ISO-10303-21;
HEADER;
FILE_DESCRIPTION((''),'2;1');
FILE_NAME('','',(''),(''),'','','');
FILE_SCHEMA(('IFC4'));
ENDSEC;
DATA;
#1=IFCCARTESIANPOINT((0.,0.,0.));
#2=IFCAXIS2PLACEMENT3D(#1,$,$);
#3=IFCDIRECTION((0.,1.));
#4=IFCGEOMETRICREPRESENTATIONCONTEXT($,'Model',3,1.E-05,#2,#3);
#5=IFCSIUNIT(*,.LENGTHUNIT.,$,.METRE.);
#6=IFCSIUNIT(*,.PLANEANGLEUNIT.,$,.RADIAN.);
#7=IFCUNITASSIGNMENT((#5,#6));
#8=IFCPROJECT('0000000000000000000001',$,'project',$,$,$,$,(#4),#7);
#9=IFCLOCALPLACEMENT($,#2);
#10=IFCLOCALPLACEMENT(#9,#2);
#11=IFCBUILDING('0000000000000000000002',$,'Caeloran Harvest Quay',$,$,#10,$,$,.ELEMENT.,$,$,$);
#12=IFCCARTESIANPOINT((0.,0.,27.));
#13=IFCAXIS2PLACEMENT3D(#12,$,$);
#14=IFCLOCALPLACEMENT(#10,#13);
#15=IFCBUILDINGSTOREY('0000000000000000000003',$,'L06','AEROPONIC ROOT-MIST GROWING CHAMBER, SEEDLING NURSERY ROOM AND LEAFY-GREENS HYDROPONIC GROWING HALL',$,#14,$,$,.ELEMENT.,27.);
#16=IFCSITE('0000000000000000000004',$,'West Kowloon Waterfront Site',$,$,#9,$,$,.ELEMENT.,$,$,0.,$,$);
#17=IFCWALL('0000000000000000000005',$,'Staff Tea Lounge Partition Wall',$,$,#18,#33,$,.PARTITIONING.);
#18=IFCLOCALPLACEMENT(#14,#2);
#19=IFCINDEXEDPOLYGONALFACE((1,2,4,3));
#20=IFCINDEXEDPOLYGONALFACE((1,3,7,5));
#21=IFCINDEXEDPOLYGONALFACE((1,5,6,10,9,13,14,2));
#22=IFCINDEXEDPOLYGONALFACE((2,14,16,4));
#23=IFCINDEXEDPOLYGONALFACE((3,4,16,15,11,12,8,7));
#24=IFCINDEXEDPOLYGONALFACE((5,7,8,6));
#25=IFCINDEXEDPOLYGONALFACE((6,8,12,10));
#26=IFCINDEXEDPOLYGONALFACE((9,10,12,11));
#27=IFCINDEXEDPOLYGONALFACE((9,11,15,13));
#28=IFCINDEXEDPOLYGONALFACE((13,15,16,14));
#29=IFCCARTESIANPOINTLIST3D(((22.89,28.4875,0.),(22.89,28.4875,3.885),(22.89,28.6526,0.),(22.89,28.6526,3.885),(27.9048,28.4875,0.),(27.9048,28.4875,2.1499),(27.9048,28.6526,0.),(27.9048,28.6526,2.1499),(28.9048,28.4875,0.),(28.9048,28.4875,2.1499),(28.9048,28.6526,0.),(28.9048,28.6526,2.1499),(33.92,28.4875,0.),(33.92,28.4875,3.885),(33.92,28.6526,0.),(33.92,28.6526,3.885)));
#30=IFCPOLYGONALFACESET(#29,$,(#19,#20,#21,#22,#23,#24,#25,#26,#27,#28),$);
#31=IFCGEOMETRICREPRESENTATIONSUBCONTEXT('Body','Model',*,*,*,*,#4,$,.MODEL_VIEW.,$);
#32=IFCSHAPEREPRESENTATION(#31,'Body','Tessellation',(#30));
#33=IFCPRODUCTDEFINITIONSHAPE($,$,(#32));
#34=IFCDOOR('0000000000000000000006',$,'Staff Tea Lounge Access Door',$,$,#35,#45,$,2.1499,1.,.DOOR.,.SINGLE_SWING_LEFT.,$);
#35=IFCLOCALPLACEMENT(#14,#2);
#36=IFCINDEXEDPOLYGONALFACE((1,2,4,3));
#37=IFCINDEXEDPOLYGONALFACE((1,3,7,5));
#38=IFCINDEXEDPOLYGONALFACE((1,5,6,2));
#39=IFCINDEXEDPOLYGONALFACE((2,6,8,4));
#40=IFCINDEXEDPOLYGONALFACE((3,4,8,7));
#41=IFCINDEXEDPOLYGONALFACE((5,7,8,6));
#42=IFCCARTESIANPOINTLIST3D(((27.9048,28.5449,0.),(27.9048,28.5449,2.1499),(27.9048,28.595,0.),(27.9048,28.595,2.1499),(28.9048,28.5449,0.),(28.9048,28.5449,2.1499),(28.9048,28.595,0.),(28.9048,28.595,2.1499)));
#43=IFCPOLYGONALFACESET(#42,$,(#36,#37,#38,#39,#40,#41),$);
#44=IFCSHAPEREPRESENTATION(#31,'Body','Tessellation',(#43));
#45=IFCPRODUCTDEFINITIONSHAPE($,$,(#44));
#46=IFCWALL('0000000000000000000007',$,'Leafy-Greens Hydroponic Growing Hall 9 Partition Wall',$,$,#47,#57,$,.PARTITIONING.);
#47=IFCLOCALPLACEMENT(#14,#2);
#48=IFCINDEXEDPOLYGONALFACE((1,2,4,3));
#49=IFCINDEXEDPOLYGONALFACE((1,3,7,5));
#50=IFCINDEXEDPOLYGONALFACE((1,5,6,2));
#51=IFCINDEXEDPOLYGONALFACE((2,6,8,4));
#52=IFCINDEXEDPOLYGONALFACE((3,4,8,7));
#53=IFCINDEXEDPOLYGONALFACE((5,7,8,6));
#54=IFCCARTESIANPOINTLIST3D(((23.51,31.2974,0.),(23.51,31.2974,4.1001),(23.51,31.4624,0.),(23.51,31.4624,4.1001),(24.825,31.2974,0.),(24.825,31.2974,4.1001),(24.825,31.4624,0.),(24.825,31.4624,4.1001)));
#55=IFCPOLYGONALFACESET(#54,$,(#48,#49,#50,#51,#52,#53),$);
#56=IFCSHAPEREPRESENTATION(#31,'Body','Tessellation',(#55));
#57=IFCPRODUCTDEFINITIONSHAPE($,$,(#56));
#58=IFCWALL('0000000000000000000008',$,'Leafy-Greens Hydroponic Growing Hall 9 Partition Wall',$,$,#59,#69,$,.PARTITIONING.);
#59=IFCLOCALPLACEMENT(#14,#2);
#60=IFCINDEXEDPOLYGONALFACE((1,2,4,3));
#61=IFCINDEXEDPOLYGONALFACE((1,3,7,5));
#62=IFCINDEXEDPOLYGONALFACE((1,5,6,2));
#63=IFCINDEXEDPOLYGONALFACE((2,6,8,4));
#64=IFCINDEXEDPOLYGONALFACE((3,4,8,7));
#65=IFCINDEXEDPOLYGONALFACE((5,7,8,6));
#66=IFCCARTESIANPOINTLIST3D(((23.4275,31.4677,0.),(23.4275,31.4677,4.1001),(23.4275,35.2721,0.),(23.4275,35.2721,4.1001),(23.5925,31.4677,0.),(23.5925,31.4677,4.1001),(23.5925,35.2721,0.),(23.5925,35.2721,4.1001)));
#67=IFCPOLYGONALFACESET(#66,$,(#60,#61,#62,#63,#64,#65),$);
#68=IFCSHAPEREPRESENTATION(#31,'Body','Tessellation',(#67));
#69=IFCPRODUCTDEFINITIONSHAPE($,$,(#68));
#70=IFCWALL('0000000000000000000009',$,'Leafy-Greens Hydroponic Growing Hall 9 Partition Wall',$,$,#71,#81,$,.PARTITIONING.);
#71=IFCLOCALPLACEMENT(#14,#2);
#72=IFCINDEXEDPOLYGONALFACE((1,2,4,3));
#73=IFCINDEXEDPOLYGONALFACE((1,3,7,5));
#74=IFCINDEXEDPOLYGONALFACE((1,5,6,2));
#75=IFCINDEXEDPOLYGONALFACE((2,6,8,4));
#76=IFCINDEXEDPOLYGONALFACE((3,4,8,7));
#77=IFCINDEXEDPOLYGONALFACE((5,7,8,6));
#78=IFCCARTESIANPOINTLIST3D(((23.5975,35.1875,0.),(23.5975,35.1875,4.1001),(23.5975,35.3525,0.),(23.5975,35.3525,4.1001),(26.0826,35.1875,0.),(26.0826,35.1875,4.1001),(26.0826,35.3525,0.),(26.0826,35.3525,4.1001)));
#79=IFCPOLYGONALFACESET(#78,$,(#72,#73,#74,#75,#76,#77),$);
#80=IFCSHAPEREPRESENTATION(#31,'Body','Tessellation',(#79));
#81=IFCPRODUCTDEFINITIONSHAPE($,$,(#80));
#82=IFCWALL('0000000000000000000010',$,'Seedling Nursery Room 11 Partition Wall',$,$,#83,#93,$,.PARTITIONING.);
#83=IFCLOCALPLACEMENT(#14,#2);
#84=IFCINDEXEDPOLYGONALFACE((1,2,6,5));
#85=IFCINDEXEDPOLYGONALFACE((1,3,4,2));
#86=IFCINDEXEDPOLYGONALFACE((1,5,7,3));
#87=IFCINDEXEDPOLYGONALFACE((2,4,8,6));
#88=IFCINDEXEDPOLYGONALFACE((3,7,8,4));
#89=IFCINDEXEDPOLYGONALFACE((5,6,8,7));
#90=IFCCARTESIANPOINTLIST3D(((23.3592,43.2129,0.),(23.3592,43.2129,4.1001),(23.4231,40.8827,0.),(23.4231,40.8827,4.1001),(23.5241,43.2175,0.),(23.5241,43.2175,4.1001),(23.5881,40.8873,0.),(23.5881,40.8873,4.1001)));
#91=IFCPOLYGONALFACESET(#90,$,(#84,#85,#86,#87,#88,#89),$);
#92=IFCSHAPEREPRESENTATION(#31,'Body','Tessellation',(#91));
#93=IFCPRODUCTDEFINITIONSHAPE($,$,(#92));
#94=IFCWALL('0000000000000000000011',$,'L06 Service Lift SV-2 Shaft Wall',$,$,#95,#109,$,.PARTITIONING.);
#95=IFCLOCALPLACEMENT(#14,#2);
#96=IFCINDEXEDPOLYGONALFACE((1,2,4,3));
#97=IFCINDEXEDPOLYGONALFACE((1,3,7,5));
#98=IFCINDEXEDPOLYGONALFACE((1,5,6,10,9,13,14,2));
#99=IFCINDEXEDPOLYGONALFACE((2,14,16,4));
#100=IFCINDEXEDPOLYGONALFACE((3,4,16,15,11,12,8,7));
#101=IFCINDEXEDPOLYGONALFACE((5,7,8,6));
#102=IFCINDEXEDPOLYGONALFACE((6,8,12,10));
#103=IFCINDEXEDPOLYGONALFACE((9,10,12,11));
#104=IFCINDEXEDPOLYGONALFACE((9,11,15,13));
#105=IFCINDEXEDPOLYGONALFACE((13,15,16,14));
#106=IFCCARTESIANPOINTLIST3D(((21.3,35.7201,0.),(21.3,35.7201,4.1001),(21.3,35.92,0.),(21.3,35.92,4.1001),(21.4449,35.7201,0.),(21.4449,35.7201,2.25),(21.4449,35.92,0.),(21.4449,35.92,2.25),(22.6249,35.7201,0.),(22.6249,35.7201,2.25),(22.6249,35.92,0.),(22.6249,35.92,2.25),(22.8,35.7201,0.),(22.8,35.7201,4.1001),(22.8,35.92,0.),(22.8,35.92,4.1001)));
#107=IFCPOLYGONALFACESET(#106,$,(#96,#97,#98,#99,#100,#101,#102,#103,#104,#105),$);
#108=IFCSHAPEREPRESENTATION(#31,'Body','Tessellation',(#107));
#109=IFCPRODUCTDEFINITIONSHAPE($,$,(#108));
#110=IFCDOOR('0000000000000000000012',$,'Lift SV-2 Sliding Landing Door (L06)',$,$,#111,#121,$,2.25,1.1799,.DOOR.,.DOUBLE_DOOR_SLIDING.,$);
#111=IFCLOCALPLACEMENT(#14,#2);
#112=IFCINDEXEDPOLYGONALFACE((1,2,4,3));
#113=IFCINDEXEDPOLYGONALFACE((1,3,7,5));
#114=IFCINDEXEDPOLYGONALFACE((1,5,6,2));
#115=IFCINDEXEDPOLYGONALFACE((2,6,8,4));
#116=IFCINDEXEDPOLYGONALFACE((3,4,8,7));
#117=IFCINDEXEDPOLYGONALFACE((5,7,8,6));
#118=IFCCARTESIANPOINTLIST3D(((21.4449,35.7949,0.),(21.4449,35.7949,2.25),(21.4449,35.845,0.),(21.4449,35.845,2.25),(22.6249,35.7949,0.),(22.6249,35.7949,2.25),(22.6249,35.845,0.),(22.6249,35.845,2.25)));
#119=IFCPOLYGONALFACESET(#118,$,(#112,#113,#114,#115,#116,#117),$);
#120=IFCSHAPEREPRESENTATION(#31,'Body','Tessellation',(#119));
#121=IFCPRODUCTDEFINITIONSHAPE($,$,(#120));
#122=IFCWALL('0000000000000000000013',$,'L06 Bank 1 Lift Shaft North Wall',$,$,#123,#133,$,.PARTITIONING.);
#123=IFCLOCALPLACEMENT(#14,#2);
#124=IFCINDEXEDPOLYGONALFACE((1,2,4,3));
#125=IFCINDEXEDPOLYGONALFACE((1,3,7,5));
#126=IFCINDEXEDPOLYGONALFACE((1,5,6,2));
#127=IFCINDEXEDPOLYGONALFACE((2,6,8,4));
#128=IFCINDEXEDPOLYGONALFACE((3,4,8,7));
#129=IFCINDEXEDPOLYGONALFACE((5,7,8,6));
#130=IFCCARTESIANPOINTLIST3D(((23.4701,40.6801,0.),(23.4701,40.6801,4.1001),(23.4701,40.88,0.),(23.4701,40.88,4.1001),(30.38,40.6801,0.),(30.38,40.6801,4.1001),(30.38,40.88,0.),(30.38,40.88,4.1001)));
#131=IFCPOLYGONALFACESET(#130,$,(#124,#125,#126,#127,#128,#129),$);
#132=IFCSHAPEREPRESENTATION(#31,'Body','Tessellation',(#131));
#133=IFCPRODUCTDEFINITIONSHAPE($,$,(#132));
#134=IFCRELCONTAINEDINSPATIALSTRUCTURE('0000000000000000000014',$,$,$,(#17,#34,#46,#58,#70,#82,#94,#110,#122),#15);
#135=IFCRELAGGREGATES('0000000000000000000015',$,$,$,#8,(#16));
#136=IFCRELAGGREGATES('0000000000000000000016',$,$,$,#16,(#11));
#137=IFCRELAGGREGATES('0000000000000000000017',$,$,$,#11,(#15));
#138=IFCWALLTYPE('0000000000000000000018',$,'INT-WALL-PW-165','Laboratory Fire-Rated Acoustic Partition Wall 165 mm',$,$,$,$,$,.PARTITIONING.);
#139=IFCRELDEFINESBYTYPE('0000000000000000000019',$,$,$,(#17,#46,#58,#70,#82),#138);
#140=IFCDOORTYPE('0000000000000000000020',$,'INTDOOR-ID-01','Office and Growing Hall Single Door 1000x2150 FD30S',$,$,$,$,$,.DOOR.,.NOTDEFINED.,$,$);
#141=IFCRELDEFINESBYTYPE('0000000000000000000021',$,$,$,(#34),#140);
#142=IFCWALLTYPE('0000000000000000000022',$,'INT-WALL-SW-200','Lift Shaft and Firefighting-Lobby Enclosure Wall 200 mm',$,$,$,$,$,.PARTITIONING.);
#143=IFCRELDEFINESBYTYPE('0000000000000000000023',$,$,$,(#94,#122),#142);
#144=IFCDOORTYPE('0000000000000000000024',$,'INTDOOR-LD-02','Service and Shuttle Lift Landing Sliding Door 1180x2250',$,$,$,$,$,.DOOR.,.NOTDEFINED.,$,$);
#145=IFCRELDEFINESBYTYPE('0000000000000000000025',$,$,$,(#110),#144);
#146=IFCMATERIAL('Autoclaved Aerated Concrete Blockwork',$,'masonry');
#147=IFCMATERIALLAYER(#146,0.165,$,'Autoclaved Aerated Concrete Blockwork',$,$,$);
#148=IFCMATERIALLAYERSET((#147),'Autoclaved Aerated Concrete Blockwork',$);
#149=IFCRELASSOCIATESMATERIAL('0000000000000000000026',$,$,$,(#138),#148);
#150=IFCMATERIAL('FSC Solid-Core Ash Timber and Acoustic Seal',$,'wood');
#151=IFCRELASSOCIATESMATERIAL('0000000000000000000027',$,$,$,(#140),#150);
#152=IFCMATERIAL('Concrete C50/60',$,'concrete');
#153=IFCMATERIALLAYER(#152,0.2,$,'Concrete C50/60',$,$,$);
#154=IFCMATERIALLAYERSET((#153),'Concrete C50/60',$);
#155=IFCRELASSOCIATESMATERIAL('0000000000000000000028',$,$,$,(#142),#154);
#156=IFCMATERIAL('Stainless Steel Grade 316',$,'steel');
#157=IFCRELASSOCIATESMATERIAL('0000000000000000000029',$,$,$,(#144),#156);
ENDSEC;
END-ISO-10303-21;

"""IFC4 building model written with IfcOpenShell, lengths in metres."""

from ifc_helpers import new_model, si_unit, direction, frame, frame_2d, origin, place, context, subcontext, project, spatial, rectangle, extrude, material, layer, layer_set, type_object, element, fill, save


model = new_model("IFC4")

# Units and contexts
model_context = context("Model", 3, precision=1e-05, world=origin(), true_north=direction((0.0, 1.0)))
body_context = subcontext(model_context, "Body", "Model", "MODEL_VIEW")
ifc_project = project(units=[si_unit("LENGTHUNIT", "METRE"), si_unit("PLANEANGLEUNIT", "RADIAN")], contexts=[model_context])

# Site, building, storey
site_placement = place(None, origin())
site = spatial("IfcSite", under=ifc_project, at=site_placement, Name="West Kowloon Waterfront Site", CompositionType="ELEMENT", RefElevation=0.0)
building_placement = place(site_placement, origin())
building = spatial("IfcBuilding", under=site, at=building_placement, Name="Caeloran Harvest Quay", CompositionType="ELEMENT")
storey_placement = place(building_placement, frame((0.0, 0.0, 27.0)))
storey = spatial("IfcBuildingStorey", under=building, at=storey_placement, Name="L06", Description="AEROPONIC ROOT-MIST GROWING CHAMBER, SEEDLING NURSERY ROOM AND LEAFY-GREENS HYDROPONIC GROWING HALL", CompositionType="ELEMENT", Elevation=27.0)

# Wall, opening, door
ifc_material_1 = material(Name="Autoclaved Aerated Concrete Blockwork", Category="masonry")
ifc_layer_1 = layer(ifc_material_1, 0.165, Name="Autoclaved Aerated Concrete Blockwork")
ifc_layer_set_1 = layer_set([ifc_layer_1], Name="Autoclaved Aerated Concrete Blockwork")
wall_type_1 = type_object("IfcWallType", Name="INT-WALL-PW-165", Description="Laboratory Fire-Rated Acoustic Partition Wall 165 mm", PredefinedType="PARTITIONING", material=ifc_layer_set_1)
wall_1_placement = place(storey_placement, frame((22.8899, 28.5701, 0.0), z_axis=(0.0, 0.0, 1.0), x_axis=(1.0, 0.0, 0.0)))
wall_1 = element("IfcWall", 1, at=wall_1_placement, inside=storey, type_object=wall_type_1, Name="Staff Tea Lounge Partition Wall", PredefinedType="PARTITIONING", context=body_context, shape_type="SweptSolid", body=[
    extrude(rectangle(XDim=11.03, YDim=0.165, at=frame_2d((5.5151, 0.0))), origin(), (0.0, 0.0, 1.0), 3.885),
])
opening_1_placement = place(wall_1_placement, frame((5.0149, 0.0, 0.0)))
opening_1 = element("IfcOpeningElement", 2, at=opening_1_placement, cuts=wall_1, PredefinedType="OPENING", context=body_context, shape_type="SweptSolid", body=[
    extrude(rectangle(XDim=1.0, YDim=2.1499, at=frame_2d((0.5, 1.075))), frame((0.0, 0.0925, 0.0), z_axis=(0.0, -1.0, 0.0), x_axis=(1.0, 0.0, 0.0)), (0.0, 0.0, 1.0), 0.1851),
])
ifc_material_2 = material(Name="FSC Solid-Core Ash Timber and Acoustic Seal", Category="wood")
door_type_1 = type_object("IfcDoorType", Name="INTDOOR-ID-01", Description="Office and Growing Hall Single Door 1000x2150 FD30S", OperationType="NOTDEFINED", PredefinedType="DOOR", material=ifc_material_2)
door_1_placement = place(opening_1_placement, origin())
door_1 = element("IfcDoor", 3, at=door_1_placement, inside=storey, type_object=door_type_1, Name="Staff Tea Lounge Access Door", OperationType="SINGLE_SWING_LEFT", OverallHeight=2.1499, OverallWidth=1.0, PredefinedType="DOOR", context=body_context, shape_type="SweptSolid", body=[
    extrude(rectangle(XDim=1.0, YDim=2.1499, at=frame_2d((0.5, 1.075))), frame((0.0, 0.0249, 0.0), z_axis=(0.0, -1.0, 0.0), x_axis=(1.0, 0.0, 0.0)), (0.0, 0.0, 1.0), 0.05),
])
fill(opening_1, door_1)

# Walls
wall_2_placement = place(storey_placement, frame((24.825, 31.3799, 0.0), z_axis=(0.0, 0.0, 1.0), x_axis=(-1.0, 0.0, 0.0)))
element("IfcWall", 4, at=wall_2_placement, inside=storey, type_object=wall_type_1, Name="Leafy-Greens Hydroponic Growing Hall 9 Partition Wall", PredefinedType="PARTITIONING", context=body_context, shape_type="SweptSolid", body=[
    extrude(rectangle(XDim=1.3149, YDim=0.165, at=frame_2d((0.6575, 0.0))), origin(), (0.0, 0.0, 1.0), 4.1001),
])
wall_3_placement = place(storey_placement, frame((23.51, 31.4675, 0.0), z_axis=(0.0, 0.0, 1.0), x_axis=(0.0, 1.0, 0.0)))
element("IfcWall", 5, at=wall_3_placement, inside=storey, type_object=wall_type_1, Name="Leafy-Greens Hydroponic Growing Hall 9 Partition Wall", PredefinedType="PARTITIONING", context=body_context, shape_type="SweptSolid", body=[
    extrude(rectangle(XDim=3.8044, YDim=0.165, at=frame_2d((1.9023, 0.0))), origin(), (0.0, 0.0, 1.0), 4.1001),
])
wall_4_placement = place(storey_placement, frame((23.5974, 35.27, 0.0), z_axis=(0.0, 0.0, 1.0), x_axis=(1.0, 0.0, 0.0)))
element("IfcWall", 6, at=wall_4_placement, inside=storey, type_object=wall_type_1, Name="Leafy-Greens Hydroponic Growing Hall 9 Partition Wall", PredefinedType="PARTITIONING", context=body_context, shape_type="SweptSolid", body=[
    extrude(rectangle(XDim=2.4851, YDim=0.165, at=frame_2d((1.2427, 0.0))), origin(), (0.0, 0.0, 1.0), 4.1001),
])
wall_5_placement = place(storey_placement, frame((23.5056, 40.885, 0.0), z_axis=(0.0, 0.0, 1.0), x_axis=(-0.027441, 0.999623, 0.0)))
element("IfcWall", 7, at=wall_5_placement, inside=storey, type_object=wall_type_1, Name="Seedling Nursery Room 11 Partition Wall", PredefinedType="PARTITIONING", context=body_context, shape_type="SweptSolid", body=[
    extrude(rectangle(XDim=2.3311, YDim=0.165, at=frame_2d((1.1655, 0.0))), origin(), (0.0, 0.0, 1.0), 4.1001),
])

# Wall, opening, door
ifc_material_3 = material(Name="Concrete C50/60", Category="concrete")
ifc_layer_2 = layer(ifc_material_3, 0.2, Name="Concrete C50/60")
ifc_layer_set_2 = layer_set([ifc_layer_2], Name="Concrete C50/60")
wall_type_2 = type_object("IfcWallType", Name="INT-WALL-SW-200", Description="Lift Shaft and Firefighting-Lobby Enclosure Wall 200 mm", PredefinedType="PARTITIONING", material=ifc_layer_set_2)
wall_6_placement = place(storey_placement, frame((21.3, 35.8201, 0.0), z_axis=(0.0, 0.0, 1.0), x_axis=(1.0, 0.0, 0.0)))
wall_6 = element("IfcWall", 8, at=wall_6_placement, inside=storey, type_object=wall_type_2, Name="L06 Service Lift SV-2 Shaft Wall", PredefinedType="PARTITIONING", context=body_context, shape_type="SweptSolid", body=[
    extrude(rectangle(XDim=1.5, YDim=0.2, at=frame_2d((0.75, 0.0))), origin(), (0.0, 0.0, 1.0), 4.1001),
])
opening_2_placement = place(wall_6_placement, frame((0.145, 0.0, 0.0)))
opening_2 = element("IfcOpeningElement", 9, at=opening_2_placement, cuts=wall_6, PredefinedType="OPENING", context=body_context, shape_type="SweptSolid", body=[
    extrude(rectangle(XDim=1.1799, YDim=2.25, at=frame_2d((0.5898, 1.125))), frame((0.0, 0.1099, 0.0), z_axis=(0.0, -1.0, 0.0), x_axis=(1.0, 0.0, 0.0)), (0.0, 0.0, 1.0), 0.22),
])
ifc_material_4 = material(Name="Stainless Steel Grade 316", Category="steel")
door_type_2 = type_object("IfcDoorType", Name="INTDOOR-LD-02", Description="Service and Shuttle Lift Landing Sliding Door 1180x2250", OperationType="NOTDEFINED", PredefinedType="DOOR", material=ifc_material_4)
door_2_placement = place(opening_2_placement, origin())
door_2 = element("IfcDoor", 10, at=door_2_placement, inside=storey, type_object=door_type_2, Name="Lift SV-2 Sliding Landing Door (L06)", OperationType="DOUBLE_DOOR_SLIDING", OverallHeight=2.25, OverallWidth=1.1799, PredefinedType="DOOR", context=body_context, shape_type="SweptSolid", body=[
    extrude(rectangle(XDim=1.1799, YDim=2.25, at=frame_2d((0.5898, 1.125))), frame((0.0, 0.0249, 0.0), z_axis=(0.0, -1.0, 0.0), x_axis=(1.0, 0.0, 0.0)), (0.0, 0.0, 1.0), 0.05),
])
fill(opening_2, door_2)

# Wall
wall_7_placement = place(storey_placement, frame((23.47, 40.78, 0.0), z_axis=(0.0, 0.0, 1.0), x_axis=(1.0, 0.0, 0.0)))
element("IfcWall", 11, at=wall_7_placement, inside=storey, type_object=wall_type_2, Name="L06 Bank 1 Lift Shaft North Wall", PredefinedType="PARTITIONING", context=body_context, shape_type="SweptSolid", body=[
    extrude(rectangle(XDim=6.9099, YDim=0.2, at=frame_2d((3.4551, 0.0))), origin(), (0.0, 0.0, 1.0), 4.1001),
])

save(model, "model.ifc")
